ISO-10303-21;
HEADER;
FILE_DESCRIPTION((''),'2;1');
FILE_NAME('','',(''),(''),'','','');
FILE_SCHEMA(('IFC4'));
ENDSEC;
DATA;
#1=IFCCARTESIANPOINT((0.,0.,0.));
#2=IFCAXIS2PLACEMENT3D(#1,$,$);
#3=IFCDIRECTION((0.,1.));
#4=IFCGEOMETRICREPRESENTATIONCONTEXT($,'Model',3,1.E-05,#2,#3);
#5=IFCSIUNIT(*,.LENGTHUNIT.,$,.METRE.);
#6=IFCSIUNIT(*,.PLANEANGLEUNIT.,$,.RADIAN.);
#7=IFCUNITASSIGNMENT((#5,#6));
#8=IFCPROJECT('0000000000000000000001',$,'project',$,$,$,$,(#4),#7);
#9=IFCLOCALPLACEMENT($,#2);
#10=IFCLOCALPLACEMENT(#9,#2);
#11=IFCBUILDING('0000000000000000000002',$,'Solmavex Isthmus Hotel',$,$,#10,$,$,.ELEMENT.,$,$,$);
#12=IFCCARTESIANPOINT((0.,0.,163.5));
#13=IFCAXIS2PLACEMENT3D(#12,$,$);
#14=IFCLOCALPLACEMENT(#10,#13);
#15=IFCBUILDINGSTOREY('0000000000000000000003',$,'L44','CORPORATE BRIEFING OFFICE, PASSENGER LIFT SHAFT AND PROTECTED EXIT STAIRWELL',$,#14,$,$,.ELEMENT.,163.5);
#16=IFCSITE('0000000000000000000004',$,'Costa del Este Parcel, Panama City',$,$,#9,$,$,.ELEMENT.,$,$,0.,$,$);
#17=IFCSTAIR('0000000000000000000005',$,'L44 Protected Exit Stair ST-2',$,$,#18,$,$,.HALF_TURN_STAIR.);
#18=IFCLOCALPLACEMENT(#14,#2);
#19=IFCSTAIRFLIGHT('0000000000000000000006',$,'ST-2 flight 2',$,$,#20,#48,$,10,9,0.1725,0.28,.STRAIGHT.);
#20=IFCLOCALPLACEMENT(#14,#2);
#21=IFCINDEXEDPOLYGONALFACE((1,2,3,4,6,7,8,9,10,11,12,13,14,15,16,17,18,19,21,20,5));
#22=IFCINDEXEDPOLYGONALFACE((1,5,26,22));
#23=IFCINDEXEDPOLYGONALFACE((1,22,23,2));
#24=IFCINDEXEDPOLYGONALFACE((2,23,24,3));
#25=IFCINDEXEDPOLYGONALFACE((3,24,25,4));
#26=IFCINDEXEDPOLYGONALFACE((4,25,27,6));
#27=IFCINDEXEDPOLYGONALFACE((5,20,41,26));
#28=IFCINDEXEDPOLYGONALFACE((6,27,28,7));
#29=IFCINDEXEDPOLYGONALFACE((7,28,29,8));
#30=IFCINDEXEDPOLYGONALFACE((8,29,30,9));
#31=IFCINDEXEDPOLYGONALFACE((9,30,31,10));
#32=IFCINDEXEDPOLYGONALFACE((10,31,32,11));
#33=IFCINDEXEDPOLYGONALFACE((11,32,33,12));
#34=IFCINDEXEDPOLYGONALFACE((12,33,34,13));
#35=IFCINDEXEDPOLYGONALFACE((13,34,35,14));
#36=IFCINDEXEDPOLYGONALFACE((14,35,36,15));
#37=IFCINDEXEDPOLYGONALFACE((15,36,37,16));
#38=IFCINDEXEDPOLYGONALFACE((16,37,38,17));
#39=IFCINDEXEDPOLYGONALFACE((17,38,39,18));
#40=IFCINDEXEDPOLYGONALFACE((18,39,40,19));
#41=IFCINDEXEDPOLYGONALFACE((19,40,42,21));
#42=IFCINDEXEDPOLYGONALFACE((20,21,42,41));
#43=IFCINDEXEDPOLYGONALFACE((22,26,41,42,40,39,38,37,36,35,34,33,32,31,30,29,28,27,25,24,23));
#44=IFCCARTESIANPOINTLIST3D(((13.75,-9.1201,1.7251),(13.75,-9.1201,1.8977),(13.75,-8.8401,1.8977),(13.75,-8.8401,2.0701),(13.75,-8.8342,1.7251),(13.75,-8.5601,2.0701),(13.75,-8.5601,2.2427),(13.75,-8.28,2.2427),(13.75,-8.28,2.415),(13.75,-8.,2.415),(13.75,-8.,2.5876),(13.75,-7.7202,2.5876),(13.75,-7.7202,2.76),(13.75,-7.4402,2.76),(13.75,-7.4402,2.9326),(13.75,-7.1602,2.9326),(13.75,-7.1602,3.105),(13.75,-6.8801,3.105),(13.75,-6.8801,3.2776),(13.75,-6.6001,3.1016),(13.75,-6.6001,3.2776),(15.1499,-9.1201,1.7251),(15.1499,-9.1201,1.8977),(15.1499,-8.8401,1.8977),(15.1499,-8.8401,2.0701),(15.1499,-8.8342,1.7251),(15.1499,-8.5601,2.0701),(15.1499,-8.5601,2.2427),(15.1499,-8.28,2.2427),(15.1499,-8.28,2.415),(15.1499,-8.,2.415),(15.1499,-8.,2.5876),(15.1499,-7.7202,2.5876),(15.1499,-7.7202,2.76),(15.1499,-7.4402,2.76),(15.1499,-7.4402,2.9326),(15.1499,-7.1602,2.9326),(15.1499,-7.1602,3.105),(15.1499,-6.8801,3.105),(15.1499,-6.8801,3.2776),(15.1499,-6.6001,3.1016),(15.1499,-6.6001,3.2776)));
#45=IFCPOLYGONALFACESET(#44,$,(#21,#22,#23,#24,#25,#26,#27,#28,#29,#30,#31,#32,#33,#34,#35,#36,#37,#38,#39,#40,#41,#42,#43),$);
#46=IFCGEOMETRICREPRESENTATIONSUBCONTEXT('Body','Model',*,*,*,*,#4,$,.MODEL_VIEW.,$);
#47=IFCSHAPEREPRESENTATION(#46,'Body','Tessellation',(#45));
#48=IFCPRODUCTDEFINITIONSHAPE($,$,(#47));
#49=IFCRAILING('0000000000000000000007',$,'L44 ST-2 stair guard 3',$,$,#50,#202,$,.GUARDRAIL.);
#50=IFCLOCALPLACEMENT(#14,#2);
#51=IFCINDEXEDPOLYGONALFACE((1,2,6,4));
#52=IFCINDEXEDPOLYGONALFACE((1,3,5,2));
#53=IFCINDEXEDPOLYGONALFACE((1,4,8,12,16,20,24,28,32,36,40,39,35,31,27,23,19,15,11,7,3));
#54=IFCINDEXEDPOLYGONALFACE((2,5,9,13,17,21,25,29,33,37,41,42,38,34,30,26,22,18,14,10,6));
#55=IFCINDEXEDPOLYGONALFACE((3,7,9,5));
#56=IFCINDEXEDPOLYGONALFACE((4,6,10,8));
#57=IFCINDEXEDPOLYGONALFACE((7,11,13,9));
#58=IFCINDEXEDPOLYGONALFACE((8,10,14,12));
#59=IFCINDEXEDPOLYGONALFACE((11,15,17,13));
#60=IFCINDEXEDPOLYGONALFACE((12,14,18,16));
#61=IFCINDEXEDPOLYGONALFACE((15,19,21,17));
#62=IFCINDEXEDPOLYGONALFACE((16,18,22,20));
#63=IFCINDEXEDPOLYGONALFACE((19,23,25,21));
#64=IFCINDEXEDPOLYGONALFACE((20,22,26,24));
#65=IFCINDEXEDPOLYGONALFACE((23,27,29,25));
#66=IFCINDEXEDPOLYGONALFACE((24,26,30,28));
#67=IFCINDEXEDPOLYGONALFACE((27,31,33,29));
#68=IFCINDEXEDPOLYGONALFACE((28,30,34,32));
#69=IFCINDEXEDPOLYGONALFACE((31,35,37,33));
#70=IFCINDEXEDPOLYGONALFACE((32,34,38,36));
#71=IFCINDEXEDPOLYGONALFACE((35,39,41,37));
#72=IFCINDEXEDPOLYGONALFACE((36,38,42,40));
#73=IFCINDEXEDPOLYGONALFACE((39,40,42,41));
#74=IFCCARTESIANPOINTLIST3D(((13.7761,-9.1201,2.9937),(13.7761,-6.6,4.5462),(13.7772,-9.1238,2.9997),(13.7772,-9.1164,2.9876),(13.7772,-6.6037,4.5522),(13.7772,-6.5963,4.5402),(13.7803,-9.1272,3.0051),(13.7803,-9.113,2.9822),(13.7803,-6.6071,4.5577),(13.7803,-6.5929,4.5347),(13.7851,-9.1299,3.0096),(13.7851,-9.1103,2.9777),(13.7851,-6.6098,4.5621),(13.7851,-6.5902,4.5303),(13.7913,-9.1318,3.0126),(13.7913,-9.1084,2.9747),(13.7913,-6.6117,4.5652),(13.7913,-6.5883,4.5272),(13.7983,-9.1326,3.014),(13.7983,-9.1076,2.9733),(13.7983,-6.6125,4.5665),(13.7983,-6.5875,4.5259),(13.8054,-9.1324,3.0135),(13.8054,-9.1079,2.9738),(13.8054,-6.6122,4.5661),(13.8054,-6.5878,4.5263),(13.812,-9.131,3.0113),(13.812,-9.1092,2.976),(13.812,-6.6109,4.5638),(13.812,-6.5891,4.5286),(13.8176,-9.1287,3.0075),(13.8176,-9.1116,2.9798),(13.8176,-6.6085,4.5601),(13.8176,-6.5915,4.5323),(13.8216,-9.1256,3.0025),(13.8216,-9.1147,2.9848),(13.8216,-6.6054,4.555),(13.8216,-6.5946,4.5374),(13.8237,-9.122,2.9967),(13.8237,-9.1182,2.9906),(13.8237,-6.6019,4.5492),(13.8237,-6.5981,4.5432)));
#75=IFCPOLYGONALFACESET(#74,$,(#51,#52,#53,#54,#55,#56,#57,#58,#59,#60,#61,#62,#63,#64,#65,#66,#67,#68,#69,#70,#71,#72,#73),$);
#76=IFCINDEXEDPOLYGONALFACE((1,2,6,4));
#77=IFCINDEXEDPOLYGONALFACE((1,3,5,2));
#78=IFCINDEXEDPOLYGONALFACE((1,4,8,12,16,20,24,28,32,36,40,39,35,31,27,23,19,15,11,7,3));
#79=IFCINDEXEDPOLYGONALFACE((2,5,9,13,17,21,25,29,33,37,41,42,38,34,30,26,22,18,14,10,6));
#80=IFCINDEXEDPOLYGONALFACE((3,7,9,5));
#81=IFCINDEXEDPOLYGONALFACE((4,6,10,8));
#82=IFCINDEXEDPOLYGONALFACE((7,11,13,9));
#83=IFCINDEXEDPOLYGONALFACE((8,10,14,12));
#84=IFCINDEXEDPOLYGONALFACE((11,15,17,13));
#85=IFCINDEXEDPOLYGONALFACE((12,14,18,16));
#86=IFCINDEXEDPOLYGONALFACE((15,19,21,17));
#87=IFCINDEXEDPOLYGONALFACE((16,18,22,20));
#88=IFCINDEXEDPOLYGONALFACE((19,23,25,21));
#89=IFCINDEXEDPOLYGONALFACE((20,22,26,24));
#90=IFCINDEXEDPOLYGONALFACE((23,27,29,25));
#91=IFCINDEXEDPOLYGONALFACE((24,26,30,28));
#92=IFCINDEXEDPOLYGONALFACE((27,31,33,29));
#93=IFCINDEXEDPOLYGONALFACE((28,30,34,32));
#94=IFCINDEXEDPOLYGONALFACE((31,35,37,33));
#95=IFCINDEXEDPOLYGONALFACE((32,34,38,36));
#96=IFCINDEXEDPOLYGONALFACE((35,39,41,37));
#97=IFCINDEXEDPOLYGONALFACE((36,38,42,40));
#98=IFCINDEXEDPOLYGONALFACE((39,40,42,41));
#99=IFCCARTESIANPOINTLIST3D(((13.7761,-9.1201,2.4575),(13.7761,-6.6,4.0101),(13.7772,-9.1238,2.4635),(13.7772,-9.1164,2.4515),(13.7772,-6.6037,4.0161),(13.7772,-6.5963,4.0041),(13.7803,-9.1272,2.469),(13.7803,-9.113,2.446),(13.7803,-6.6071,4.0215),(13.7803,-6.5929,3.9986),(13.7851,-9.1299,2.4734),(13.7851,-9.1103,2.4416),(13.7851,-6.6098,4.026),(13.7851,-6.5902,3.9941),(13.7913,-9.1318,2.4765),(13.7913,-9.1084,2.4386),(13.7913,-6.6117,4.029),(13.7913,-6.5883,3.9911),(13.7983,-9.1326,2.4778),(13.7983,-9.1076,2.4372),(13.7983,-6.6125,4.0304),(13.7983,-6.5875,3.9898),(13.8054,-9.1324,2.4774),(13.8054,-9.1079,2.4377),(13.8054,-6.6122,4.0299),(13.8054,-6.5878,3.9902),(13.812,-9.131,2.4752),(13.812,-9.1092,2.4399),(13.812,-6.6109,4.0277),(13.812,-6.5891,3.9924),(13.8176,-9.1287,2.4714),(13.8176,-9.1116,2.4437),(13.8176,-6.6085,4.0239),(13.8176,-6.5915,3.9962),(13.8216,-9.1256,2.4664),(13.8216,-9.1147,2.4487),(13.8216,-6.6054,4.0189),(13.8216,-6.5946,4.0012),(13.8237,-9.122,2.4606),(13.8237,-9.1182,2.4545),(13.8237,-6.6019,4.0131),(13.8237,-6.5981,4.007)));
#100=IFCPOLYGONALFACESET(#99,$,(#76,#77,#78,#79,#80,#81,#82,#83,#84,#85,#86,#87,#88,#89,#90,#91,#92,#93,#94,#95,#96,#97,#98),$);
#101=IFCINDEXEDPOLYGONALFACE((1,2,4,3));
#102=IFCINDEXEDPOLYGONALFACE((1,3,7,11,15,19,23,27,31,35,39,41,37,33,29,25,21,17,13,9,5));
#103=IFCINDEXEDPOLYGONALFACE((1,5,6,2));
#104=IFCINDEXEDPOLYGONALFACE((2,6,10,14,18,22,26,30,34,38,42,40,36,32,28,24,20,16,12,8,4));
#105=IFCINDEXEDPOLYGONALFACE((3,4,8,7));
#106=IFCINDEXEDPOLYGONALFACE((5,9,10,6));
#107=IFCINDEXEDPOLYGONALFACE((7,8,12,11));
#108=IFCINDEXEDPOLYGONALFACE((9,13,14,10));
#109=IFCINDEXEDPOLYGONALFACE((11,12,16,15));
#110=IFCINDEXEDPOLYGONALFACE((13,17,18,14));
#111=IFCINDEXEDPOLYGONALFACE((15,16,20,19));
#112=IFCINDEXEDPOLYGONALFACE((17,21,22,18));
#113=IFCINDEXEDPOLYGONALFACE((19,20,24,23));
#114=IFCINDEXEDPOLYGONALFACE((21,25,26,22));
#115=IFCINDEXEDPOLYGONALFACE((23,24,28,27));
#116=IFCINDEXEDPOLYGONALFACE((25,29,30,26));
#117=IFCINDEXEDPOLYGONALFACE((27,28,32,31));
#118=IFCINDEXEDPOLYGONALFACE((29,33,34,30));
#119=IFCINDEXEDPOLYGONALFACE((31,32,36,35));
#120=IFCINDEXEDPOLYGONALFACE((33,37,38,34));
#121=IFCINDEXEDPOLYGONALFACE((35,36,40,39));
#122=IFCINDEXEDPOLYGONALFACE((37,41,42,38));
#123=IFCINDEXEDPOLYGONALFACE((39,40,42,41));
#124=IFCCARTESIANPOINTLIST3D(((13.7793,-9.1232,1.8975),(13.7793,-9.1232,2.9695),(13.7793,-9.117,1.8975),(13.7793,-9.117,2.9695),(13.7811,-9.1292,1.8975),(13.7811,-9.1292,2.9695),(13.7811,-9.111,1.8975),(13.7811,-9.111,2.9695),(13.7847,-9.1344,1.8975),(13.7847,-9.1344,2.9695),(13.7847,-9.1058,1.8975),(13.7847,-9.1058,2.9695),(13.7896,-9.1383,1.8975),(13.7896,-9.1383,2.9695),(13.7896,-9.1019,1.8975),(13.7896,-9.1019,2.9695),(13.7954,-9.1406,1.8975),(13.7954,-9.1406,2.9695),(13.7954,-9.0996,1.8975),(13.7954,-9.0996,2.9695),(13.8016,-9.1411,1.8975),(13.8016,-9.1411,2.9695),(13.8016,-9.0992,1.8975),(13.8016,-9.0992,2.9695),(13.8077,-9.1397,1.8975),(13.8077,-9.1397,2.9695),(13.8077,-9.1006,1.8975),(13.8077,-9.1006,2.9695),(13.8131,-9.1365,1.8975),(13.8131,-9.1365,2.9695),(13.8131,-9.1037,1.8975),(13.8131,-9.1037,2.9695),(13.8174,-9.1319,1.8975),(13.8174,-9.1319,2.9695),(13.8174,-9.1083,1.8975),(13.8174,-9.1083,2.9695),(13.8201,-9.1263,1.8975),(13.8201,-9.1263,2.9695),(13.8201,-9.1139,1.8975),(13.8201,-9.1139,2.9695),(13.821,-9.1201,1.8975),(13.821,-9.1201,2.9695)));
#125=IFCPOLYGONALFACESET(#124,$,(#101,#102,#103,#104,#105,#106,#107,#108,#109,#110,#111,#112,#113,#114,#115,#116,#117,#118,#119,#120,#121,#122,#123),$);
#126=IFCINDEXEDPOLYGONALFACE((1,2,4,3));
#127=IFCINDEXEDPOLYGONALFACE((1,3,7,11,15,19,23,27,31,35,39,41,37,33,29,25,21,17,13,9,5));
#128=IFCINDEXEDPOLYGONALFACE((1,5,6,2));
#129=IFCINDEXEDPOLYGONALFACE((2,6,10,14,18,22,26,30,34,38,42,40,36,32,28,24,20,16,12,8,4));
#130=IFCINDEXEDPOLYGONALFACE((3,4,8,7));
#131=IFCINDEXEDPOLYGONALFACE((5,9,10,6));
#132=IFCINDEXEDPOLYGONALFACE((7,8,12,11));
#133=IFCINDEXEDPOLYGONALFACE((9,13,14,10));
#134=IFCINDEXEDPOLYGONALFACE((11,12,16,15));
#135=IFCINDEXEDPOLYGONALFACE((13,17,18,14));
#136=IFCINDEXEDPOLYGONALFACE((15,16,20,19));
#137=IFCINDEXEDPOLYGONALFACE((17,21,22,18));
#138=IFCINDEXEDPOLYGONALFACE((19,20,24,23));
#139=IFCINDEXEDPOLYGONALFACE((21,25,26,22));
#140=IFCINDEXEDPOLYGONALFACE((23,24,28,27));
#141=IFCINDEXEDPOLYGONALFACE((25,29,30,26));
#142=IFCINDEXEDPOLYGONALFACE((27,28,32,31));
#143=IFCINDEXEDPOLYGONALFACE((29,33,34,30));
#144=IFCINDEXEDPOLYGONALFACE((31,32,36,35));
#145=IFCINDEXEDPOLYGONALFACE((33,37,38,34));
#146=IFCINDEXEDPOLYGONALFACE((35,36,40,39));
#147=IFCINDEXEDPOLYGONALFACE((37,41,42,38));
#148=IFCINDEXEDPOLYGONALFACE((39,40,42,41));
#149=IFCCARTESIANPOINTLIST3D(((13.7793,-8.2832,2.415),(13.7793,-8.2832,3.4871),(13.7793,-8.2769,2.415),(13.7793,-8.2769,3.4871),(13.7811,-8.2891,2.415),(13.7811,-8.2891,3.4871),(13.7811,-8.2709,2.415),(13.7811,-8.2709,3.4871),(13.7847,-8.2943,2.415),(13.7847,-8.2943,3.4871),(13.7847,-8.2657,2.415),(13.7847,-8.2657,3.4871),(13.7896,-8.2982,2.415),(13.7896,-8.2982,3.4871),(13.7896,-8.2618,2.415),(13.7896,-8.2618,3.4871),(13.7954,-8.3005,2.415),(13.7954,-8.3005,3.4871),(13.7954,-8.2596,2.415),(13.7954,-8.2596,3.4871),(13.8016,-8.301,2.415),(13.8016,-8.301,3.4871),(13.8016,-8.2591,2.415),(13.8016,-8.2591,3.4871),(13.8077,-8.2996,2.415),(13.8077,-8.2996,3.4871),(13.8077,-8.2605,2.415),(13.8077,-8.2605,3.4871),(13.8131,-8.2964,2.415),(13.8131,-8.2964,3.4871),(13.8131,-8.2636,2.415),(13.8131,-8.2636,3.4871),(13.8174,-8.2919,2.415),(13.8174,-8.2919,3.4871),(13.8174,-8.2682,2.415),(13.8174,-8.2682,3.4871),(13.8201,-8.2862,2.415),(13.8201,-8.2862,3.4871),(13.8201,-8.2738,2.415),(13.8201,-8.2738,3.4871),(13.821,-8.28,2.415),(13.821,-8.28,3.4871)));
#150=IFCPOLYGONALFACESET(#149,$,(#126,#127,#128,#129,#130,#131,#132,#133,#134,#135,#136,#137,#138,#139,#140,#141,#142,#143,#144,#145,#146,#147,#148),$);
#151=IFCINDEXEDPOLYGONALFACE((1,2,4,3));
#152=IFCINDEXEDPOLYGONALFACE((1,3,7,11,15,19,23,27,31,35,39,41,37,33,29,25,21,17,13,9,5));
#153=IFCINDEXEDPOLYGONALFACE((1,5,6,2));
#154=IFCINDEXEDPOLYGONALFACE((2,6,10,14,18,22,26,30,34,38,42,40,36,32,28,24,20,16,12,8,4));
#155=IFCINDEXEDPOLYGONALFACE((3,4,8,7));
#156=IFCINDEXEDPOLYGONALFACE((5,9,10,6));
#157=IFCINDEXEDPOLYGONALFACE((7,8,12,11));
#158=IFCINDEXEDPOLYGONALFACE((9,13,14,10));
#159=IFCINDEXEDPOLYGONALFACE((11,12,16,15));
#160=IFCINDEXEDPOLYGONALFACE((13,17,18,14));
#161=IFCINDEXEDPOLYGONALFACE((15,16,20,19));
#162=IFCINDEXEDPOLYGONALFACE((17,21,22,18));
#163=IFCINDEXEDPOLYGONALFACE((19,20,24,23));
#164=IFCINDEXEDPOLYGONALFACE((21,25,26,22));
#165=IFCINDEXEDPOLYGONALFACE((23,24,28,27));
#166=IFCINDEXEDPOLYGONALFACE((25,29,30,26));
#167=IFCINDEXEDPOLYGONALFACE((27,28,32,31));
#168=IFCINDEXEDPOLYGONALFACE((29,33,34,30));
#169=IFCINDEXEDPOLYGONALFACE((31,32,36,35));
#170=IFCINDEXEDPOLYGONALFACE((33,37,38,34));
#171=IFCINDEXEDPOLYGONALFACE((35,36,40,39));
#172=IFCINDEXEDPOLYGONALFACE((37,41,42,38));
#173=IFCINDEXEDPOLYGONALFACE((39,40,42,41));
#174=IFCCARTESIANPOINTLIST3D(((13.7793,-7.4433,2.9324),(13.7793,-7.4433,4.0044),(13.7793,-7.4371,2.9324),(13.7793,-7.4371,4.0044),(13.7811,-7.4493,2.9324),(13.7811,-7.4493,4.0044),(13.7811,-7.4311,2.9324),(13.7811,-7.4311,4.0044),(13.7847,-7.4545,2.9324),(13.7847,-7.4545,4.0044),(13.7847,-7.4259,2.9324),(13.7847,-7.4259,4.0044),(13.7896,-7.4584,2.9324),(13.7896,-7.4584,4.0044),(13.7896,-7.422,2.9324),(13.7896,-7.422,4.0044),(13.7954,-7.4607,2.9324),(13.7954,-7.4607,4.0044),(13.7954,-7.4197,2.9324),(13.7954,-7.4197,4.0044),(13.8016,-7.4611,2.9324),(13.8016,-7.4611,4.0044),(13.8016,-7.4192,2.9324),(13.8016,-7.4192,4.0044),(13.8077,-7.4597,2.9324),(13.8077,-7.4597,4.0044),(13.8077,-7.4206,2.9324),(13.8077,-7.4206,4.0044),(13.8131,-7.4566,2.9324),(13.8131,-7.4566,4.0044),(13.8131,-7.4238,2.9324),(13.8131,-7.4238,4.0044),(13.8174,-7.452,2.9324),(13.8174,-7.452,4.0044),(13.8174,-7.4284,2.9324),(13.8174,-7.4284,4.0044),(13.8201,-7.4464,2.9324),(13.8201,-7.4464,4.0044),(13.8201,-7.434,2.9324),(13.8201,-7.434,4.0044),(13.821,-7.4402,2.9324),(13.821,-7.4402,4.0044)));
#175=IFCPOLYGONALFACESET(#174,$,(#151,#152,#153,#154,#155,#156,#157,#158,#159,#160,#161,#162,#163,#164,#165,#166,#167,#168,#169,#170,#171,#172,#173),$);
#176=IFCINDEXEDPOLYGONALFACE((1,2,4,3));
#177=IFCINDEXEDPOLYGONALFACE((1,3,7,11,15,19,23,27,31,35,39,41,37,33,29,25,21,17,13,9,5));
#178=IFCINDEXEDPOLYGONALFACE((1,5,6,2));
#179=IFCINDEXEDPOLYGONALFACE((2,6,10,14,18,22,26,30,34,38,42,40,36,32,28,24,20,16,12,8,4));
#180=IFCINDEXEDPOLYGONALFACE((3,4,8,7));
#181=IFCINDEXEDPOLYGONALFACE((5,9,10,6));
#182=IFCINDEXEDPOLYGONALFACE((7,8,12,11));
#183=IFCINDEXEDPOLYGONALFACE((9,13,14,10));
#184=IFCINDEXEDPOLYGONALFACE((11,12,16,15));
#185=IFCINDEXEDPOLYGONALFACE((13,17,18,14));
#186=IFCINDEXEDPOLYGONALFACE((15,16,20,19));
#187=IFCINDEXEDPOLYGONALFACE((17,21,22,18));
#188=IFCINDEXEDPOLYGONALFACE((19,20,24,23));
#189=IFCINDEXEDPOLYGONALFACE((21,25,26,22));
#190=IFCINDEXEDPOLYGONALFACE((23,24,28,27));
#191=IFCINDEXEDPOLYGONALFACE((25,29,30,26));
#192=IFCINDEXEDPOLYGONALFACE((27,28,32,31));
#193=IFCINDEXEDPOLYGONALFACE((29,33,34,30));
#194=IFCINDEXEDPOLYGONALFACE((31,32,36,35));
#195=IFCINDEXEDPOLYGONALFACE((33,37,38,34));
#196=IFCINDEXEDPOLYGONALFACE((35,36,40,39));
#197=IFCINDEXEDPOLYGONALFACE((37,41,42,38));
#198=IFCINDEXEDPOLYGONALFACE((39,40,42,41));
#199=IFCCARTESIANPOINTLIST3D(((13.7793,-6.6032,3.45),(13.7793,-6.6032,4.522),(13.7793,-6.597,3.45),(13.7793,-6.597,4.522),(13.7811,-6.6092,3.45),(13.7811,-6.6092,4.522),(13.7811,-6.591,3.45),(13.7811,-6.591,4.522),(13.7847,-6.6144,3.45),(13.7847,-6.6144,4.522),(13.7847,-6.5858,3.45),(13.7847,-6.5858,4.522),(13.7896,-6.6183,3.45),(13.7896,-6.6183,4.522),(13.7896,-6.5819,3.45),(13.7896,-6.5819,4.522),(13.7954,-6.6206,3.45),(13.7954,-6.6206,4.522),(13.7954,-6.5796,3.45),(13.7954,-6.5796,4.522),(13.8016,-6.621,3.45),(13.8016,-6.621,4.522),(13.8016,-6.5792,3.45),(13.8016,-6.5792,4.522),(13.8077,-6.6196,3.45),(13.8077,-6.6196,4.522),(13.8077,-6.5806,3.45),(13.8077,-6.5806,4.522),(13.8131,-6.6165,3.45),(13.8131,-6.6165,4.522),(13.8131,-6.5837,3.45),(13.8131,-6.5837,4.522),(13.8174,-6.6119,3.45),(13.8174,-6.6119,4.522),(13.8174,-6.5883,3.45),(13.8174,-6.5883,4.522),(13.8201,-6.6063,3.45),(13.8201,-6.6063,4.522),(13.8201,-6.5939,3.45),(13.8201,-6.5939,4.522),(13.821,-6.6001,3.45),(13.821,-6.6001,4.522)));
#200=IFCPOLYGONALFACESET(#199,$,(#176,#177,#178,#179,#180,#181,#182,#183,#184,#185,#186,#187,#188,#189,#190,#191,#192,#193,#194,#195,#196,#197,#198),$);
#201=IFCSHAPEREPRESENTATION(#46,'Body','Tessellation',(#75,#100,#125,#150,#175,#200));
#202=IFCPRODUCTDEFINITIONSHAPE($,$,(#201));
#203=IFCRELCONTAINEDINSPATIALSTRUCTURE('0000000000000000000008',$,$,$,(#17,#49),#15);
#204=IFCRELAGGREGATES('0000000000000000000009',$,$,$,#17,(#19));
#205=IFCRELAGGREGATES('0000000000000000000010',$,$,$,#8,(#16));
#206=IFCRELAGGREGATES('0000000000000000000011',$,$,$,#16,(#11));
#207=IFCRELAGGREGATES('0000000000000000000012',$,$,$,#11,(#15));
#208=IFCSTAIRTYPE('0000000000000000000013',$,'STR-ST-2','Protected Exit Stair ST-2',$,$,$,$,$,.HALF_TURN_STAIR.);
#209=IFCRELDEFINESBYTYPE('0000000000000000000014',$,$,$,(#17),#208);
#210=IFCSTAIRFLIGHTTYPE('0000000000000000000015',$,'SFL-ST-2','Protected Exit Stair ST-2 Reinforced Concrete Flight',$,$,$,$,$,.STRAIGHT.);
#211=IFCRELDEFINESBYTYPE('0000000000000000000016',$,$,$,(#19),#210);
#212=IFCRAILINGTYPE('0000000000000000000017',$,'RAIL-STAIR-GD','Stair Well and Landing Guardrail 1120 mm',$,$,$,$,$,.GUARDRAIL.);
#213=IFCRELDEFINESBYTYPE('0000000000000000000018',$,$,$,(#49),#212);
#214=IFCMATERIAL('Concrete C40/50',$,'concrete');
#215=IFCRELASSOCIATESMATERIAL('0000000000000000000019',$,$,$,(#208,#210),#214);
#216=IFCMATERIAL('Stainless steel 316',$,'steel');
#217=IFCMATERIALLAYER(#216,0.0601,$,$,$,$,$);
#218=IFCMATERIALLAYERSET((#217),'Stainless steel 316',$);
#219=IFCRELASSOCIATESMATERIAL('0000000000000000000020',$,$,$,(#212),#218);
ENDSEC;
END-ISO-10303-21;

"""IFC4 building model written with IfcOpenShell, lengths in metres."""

from ifc_helpers import new_model, si_unit, direction, frame, origin, origin_2d, place, context, subcontext, project, spatial, polyline, circle, outline, extrude, material, layer, layer_set, type_object, element, aggregate, save


model = new_model("IFC4")

# Units and contexts
model_context = context("Model", 3, precision=1e-05, world=origin(), true_north=direction((0.0, 1.0)))
body_context = subcontext(model_context, "Body", "Model", "MODEL_VIEW")
ifc_project = project(units=[si_unit("LENGTHUNIT", "METRE"), si_unit("PLANEANGLEUNIT", "RADIAN")], contexts=[model_context])

# Site, building, storey
site_placement = place(None, origin())
site = spatial("IfcSite", under=ifc_project, at=site_placement, Name="Costa del Este Parcel, Panama City", CompositionType="ELEMENT", RefElevation=0.0)
building_placement = place(site_placement, origin())
building = spatial("IfcBuilding", under=site, at=building_placement, Name="Solmavex Isthmus Hotel", CompositionType="ELEMENT")
storey_placement = place(building_placement, frame((0.0, 0.0, 163.5)))
storey = spatial("IfcBuildingStorey", under=building, at=storey_placement, Name="L44", Description="CORPORATE BRIEFING OFFICE, PASSENGER LIFT SHAFT AND PROTECTED EXIT STAIRWELL", CompositionType="ELEMENT", Elevation=163.5)

# Shared definitions
ifc_material_1 = material(Name="Concrete C40/50", Category="concrete")

# Stair, stair flight
stair_type = type_object("IfcStairType", Name="STR-ST-2", Description="Protected Exit Stair ST-2", PredefinedType="HALF_TURN_STAIR", material=ifc_material_1)
stair_placement = place(storey_placement, origin())
stair = element("IfcStair", 1, at=stair_placement, inside=storey, type_object=stair_type, Name="L44 Protected Exit Stair ST-2", PredefinedType="HALF_TURN_STAIR")
stair_flight_type = type_object("IfcStairFlightType", Name="SFL-ST-2", Description="Protected Exit Stair ST-2 Reinforced Concrete Flight", PredefinedType="STRAIGHT", material=ifc_material_1)
stair_flight_placement = place(storey_placement, frame((14.45, -9.1201, 1.7251), z_axis=(0.0, 0.0, 1.0), x_axis=(0.0, 1.0, 0.0)))
stair_flight = element("IfcStairFlight", 2, at=stair_flight_placement, type_object=stair_flight_type, Name="ST-2 flight 2", NumberOfRisers=10, NumberOfTreads=9, PredefinedType="STRAIGHT", RiserHeight=0.1725, TreadLength=0.28, context=body_context, shape_type="SweptSolid", body=[
    extrude(outline(polyline([(0.0, 0.0), (0.0, 0.1726), (0.28, 0.1726), (0.28, 0.345), (0.5601, 0.345), (0.5601, 0.5176), (0.8401, 0.5176), (0.8401, 0.6899), (1.1201, 0.6899), (1.1201, 0.8625), (1.3999, 0.8625), (1.3999, 1.0349), (1.6799, 1.0349), (1.6799, 1.2075), (1.96, 1.2075), (1.96, 1.3799), (2.24, 1.3799), (2.24, 1.5525), (2.52, 1.5525), (2.52, 1.7251), (2.52, 1.3765), (0.2859, 0.0), (0.0, 0.0)])), frame((0.0, 0.7, 0.0), z_axis=(0.0, -1.0, 0.0), x_axis=(1.0, 0.0, 0.0)), (0.0, 0.0, 1.0), 1.3999),
])
aggregate(stair, [stair_flight])

# Railing
ifc_material_2 = material(Name="Stainless steel 316", Category="steel")
ifc_layer_1 = layer(ifc_material_2, 0.0601)
ifc_layer_set_1 = layer_set([ifc_layer_1], Name="Stainless steel 316")
railing_type_1 = type_object("IfcRailingType", Name="RAIL-STAIR-GD", Description="Stair Well and Landing Guardrail 1120 mm", PredefinedType="GUARDRAIL", material=ifc_layer_set_1)
railing_1_placement = place(storey_placement, frame((13.8, -9.1201, 1.8975)))
element("IfcRailing", 3, at=railing_1_placement, inside=storey, type_object=railing_type_1, Name="L44 ST-2 stair guard 3", PredefinedType="GUARDRAIL", context=body_context, shape_type="SweptSolid", body=[
    extrude(circle(Radius=0.0239, at=origin_2d()), frame((0.0, 0.0, 1.0962), z_axis=(0.0, 0.8514, 0.524516), x_axis=(-1.0, 0.0, 0.0)), (0.0, 0.0, 1.0), 2.96),
    extrude(circle(Radius=0.0239, at=origin_2d()), frame((0.0, 0.0, 0.5601), z_axis=(0.0, 0.8514, 0.524516), x_axis=(-1.0, 0.0, 0.0)), (0.0, 0.0, 1.0), 2.96),
    extrude(circle(Radius=0.021, at=origin_2d()), origin(), (0.0, 0.0, 1.0), 1.072),
    extrude(circle(Radius=0.021, at=origin_2d()), frame((0.0, 0.8401, 0.5176)), (0.0, 0.0, 1.0), 1.072),
    extrude(circle(Radius=0.021, at=origin_2d()), frame((0.0, 1.6799, 1.0349)), (0.0, 0.0, 1.0), 1.072),
    extrude(circle(Radius=0.021, at=origin_2d()), frame((0.0, 2.52, 1.5525)), (0.0, 0.0, 1.0), 1.072),
])

save(model, "model.ifc")
